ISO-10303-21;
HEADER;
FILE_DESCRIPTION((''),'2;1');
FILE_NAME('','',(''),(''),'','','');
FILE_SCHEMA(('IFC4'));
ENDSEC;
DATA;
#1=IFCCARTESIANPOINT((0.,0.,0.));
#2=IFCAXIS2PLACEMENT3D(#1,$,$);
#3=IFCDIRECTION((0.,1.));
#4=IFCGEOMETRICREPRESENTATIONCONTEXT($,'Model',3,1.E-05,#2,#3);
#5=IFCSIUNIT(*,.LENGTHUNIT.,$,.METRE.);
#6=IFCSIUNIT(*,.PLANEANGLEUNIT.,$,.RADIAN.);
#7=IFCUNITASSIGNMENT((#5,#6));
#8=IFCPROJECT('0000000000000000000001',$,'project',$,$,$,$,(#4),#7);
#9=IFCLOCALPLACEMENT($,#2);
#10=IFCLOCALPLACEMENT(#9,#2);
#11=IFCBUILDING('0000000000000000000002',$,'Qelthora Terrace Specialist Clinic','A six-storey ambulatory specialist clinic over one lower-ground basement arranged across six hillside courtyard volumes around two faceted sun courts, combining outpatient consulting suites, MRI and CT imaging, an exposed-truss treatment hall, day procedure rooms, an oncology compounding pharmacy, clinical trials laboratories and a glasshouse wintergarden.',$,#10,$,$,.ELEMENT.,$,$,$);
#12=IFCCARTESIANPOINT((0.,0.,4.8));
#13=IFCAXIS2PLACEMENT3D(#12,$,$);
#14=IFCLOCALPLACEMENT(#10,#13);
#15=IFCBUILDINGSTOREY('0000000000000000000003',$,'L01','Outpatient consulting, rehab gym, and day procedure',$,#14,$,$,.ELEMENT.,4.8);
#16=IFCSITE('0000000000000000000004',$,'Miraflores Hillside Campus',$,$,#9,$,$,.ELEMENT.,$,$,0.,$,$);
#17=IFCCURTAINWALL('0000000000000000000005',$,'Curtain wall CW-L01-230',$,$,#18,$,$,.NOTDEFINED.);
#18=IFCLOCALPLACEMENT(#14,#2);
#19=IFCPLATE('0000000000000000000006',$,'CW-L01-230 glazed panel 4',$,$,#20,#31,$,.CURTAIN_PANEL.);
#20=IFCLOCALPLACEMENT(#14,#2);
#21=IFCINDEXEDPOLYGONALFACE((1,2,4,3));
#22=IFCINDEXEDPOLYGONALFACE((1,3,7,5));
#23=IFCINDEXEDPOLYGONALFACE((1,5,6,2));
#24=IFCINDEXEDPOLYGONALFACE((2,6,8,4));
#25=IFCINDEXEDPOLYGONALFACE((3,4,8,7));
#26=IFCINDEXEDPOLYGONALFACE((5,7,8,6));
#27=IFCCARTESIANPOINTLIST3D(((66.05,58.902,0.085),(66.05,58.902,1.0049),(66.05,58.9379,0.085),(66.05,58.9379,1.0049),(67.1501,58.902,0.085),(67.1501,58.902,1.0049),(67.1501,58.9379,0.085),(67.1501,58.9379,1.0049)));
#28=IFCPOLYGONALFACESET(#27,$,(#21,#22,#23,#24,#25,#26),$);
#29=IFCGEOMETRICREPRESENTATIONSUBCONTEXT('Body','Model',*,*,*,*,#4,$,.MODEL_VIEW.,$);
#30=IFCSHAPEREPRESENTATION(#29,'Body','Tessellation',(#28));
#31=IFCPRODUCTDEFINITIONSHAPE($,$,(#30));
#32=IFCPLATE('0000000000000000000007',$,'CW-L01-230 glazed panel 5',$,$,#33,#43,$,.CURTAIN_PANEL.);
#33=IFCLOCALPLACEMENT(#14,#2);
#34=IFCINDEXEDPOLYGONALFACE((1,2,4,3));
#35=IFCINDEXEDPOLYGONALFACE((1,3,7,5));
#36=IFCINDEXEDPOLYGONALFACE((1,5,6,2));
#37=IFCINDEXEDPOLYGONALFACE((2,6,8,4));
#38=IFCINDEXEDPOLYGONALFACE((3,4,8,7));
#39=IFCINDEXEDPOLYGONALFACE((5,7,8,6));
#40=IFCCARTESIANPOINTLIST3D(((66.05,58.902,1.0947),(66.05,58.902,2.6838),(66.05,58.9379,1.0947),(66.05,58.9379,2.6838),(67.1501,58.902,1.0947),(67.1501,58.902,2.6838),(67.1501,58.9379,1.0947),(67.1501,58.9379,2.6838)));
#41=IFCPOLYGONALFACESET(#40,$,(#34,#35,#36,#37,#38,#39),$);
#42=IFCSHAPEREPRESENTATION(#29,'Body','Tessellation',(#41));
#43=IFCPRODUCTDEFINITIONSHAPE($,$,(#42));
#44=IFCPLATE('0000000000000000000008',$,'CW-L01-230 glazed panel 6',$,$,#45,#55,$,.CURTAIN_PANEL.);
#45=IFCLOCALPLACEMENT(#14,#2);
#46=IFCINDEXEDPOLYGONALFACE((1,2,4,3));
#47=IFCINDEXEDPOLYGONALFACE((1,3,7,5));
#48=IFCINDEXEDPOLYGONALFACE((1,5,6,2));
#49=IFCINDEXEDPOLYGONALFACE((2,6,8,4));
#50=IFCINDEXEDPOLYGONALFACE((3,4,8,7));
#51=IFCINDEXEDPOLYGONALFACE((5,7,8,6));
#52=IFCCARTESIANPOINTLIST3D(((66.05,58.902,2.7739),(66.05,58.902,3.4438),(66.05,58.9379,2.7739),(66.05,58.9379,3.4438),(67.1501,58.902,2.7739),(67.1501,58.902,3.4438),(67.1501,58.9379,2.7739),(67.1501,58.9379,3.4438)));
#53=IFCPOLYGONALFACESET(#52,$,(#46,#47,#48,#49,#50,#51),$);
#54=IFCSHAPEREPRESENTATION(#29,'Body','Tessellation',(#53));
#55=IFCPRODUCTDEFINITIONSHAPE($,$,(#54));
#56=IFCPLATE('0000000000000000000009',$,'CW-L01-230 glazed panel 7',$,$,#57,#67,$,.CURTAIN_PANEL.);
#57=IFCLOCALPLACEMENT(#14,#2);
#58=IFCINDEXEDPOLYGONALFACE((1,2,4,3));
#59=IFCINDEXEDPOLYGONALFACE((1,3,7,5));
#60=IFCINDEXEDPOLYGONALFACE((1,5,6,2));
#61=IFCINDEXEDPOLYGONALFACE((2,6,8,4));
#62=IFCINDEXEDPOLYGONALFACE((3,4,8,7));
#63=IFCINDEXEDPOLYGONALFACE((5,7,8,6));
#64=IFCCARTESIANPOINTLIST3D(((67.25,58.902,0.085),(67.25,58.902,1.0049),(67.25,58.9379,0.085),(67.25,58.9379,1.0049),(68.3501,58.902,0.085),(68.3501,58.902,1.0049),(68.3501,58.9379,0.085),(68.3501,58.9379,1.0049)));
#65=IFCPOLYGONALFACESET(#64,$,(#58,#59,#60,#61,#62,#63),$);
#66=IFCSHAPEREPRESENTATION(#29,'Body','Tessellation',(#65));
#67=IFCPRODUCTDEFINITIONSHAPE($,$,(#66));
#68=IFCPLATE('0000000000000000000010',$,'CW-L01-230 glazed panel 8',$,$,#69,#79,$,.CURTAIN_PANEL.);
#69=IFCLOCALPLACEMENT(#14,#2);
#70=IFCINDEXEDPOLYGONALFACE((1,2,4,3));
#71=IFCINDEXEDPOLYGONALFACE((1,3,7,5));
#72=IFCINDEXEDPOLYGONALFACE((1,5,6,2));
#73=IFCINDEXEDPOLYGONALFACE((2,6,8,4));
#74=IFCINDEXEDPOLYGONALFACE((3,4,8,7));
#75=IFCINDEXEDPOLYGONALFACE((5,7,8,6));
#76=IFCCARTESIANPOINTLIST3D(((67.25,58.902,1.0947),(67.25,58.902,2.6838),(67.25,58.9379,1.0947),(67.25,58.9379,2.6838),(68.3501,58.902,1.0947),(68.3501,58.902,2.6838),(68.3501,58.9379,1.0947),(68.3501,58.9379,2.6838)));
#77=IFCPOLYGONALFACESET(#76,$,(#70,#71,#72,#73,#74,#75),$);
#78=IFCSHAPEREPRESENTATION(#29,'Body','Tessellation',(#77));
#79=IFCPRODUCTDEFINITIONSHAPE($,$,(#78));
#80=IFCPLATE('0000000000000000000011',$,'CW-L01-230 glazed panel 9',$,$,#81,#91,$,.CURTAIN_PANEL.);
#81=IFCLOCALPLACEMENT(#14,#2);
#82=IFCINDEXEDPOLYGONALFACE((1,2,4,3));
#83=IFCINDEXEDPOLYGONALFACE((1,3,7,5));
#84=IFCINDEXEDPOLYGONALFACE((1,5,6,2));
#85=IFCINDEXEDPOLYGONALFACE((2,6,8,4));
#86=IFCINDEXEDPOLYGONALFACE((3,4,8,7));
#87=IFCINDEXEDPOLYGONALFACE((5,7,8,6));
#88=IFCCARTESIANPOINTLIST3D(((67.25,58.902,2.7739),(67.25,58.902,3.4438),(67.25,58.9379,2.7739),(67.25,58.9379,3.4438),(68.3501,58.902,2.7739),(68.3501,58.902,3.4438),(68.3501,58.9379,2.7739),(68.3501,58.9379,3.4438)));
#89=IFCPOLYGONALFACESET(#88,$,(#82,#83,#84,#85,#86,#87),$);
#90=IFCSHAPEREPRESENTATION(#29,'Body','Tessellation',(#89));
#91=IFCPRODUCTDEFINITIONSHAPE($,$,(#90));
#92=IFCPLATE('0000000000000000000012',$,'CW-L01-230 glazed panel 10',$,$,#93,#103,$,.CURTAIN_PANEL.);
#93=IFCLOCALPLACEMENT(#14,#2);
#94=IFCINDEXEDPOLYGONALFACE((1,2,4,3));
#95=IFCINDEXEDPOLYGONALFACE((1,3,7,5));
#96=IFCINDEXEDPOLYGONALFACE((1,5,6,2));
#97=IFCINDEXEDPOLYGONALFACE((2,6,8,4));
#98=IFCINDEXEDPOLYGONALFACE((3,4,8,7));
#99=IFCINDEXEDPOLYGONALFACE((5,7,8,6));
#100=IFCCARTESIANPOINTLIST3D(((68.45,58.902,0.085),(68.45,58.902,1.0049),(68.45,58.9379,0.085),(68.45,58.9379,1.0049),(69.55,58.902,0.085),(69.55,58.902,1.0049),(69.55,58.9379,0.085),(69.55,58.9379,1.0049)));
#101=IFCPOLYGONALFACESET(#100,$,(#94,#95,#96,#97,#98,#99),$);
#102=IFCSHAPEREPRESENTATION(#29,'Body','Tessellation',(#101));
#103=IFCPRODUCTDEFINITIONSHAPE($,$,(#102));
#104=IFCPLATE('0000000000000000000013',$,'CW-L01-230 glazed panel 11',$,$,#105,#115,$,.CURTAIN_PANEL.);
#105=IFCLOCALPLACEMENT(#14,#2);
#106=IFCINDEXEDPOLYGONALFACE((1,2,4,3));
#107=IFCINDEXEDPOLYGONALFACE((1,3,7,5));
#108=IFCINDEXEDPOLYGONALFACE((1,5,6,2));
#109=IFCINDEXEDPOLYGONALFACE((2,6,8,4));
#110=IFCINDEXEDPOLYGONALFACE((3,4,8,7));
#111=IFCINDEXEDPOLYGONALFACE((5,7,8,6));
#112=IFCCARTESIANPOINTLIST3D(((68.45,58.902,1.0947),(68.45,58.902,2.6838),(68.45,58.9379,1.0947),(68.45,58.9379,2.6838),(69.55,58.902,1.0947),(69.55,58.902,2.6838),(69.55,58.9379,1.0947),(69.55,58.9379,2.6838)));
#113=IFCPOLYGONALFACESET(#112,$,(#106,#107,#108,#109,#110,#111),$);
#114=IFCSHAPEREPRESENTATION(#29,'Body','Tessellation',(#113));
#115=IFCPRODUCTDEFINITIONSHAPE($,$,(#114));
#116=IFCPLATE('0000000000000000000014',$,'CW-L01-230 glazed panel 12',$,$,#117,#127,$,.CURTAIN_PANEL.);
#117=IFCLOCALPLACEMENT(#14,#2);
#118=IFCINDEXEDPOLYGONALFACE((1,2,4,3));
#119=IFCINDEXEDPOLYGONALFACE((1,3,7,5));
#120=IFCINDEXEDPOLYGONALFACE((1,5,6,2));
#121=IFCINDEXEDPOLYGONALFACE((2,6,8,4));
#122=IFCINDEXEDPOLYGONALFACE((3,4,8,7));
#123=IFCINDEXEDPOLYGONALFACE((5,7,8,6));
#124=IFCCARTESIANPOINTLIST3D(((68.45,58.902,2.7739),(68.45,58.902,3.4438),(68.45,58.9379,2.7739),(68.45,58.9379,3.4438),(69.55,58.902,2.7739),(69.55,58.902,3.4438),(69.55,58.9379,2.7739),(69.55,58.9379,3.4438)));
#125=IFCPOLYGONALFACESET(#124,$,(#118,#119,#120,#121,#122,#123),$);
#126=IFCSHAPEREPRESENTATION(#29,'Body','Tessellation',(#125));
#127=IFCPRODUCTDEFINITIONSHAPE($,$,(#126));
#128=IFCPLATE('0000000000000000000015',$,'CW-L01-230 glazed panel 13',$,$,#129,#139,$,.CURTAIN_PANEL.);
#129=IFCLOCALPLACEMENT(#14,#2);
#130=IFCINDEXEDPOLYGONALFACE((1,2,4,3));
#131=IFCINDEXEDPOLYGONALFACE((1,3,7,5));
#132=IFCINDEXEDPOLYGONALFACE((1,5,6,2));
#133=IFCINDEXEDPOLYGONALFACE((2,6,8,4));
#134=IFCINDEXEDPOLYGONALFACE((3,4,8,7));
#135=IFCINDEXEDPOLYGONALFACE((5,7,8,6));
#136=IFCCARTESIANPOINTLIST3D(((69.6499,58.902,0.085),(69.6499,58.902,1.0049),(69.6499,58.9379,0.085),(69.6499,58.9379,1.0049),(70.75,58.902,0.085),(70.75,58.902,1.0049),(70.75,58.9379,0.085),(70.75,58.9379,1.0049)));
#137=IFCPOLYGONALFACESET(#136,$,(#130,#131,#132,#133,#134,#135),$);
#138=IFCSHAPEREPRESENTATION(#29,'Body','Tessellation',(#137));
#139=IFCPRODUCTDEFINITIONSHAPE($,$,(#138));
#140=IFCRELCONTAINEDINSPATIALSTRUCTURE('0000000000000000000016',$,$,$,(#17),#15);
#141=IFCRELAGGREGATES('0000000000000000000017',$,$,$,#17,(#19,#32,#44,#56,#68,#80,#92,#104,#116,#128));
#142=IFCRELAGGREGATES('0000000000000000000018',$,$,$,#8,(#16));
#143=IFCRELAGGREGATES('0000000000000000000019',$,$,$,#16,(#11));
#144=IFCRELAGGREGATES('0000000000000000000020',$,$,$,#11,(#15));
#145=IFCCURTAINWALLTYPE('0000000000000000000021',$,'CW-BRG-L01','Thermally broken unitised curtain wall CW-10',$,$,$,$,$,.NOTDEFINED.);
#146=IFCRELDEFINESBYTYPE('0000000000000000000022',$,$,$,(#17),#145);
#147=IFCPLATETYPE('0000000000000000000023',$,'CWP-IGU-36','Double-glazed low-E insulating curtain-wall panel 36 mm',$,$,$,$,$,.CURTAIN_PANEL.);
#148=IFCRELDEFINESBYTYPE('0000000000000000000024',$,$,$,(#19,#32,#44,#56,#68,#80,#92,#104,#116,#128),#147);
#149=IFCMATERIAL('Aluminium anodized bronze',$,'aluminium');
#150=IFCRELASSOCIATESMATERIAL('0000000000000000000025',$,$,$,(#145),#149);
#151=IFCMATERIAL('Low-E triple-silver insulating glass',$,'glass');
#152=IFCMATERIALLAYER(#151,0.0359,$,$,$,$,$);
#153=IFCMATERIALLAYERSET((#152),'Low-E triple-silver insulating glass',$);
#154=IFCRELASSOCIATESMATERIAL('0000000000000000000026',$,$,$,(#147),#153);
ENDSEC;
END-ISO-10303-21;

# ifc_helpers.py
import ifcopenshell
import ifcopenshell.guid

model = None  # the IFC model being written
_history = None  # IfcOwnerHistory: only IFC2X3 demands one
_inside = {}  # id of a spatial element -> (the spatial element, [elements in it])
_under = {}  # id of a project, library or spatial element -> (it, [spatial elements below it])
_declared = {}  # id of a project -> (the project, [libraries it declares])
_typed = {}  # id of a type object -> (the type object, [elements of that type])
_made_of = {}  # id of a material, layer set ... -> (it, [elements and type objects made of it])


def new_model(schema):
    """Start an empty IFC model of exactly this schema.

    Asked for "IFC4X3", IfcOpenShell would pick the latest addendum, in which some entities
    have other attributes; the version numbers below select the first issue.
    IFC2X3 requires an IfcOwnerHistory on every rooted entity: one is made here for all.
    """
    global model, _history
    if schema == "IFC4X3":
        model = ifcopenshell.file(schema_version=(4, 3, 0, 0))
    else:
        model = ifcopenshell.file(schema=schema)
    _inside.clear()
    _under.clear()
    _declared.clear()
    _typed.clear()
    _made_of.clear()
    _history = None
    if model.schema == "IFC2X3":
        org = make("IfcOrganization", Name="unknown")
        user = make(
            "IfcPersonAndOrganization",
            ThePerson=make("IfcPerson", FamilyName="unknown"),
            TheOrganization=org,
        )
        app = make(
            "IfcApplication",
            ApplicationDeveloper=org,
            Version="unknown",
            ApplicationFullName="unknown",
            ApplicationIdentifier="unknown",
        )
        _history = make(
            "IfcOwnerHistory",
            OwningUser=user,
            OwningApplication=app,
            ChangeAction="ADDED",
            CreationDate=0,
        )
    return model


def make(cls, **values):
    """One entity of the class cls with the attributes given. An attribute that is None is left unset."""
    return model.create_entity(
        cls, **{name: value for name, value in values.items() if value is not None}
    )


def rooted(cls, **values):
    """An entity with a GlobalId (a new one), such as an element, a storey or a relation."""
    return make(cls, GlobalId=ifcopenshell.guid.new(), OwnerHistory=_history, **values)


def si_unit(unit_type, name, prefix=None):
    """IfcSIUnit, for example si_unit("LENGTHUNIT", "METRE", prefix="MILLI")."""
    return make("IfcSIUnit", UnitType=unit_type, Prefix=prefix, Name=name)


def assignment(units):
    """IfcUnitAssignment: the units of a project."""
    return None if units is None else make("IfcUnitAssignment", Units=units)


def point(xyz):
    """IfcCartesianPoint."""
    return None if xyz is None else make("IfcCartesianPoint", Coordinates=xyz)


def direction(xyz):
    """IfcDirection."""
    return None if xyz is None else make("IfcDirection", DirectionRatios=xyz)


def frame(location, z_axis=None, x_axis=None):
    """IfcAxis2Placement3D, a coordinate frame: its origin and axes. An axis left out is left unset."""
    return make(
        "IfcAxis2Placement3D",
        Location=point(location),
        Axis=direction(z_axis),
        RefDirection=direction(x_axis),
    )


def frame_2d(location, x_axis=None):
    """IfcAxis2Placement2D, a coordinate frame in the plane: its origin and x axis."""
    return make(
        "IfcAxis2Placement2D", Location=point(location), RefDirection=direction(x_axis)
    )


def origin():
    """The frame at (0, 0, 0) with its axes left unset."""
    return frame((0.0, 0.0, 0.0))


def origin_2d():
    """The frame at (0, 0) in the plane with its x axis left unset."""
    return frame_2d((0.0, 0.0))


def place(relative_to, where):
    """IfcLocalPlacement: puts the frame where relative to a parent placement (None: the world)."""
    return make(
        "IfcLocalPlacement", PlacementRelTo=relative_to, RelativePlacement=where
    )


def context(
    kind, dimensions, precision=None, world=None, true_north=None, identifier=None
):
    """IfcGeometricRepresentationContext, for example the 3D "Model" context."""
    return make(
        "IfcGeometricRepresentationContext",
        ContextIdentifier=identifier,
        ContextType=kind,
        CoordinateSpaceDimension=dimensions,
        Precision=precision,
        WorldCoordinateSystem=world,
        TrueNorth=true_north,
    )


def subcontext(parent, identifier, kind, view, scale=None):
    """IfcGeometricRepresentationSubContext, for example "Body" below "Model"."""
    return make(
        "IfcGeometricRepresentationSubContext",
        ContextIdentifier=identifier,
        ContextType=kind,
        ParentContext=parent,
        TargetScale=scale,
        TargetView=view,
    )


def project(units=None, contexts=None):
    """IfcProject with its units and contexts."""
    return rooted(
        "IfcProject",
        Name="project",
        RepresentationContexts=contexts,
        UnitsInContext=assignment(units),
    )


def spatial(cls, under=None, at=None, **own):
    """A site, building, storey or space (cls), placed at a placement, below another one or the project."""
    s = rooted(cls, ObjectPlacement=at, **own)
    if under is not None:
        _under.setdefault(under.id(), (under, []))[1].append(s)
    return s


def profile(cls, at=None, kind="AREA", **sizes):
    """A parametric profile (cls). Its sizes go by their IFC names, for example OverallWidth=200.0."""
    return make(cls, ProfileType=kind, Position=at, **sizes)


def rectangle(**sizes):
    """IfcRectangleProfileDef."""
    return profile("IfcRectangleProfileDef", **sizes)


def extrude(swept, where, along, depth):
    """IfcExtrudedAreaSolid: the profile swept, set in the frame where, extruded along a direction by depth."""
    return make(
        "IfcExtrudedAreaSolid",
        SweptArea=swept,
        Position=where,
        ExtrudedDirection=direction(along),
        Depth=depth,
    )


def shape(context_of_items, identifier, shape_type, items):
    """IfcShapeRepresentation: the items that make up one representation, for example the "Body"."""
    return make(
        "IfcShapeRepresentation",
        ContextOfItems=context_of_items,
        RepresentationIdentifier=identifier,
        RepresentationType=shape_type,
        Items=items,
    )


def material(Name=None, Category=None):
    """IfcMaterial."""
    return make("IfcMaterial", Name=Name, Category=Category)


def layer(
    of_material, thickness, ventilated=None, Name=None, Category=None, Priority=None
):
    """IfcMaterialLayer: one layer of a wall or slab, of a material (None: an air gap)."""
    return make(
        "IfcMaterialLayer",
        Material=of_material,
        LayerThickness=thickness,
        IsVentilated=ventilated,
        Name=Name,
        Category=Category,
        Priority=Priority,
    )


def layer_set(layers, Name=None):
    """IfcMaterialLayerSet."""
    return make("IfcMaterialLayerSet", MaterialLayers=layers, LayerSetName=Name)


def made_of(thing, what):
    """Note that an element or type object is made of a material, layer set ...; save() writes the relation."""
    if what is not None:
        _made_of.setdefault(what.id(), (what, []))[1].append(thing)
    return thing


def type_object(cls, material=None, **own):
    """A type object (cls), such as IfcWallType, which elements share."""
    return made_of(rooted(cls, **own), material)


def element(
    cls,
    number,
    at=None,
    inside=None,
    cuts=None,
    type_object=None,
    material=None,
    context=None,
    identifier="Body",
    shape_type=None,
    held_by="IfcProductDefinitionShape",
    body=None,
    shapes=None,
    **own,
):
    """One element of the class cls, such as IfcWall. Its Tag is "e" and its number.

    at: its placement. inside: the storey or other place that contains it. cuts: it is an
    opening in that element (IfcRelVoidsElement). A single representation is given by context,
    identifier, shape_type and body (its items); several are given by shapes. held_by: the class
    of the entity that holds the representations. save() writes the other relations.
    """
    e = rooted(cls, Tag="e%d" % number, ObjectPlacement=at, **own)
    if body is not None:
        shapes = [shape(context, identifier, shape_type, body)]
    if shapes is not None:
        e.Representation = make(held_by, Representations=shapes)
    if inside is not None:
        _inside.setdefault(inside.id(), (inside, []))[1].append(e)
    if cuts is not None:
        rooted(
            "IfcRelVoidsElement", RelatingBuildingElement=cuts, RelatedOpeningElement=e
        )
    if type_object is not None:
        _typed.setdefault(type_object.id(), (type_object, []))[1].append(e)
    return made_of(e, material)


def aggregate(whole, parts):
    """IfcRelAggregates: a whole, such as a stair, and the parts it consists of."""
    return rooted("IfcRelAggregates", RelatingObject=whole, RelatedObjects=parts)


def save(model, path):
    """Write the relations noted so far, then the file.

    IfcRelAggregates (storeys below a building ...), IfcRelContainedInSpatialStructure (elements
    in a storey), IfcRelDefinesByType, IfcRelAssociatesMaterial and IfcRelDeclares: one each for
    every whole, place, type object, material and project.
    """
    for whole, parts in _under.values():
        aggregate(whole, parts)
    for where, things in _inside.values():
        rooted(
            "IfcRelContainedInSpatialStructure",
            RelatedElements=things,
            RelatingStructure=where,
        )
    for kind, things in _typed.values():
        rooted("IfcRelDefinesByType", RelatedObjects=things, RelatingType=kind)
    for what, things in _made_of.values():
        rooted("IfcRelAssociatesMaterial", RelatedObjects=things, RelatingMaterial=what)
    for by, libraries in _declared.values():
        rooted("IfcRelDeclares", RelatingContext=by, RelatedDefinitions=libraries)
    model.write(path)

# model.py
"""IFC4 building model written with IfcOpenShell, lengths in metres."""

from ifc_helpers import new_model, si_unit, direction, frame, origin, origin_2d, place, context, subcontext, project, spatial, rectangle, extrude, material, layer, layer_set, type_object, element, aggregate, save


model = new_model("IFC4")

# Units and contexts
model_context = context("Model", 3, precision=1e-05, world=origin(), true_north=direction((0.0, 1.0)))
body_context = subcontext(model_context, "Body", "Model", "MODEL_VIEW")
ifc_project = project(units=[si_unit("LENGTHUNIT", "METRE"), si_unit("PLANEANGLEUNIT", "RADIAN")], contexts=[model_context])

# Site, building, storey
site_placement = place(None, origin())
site = spatial("IfcSite", under=ifc_project, at=site_placement, Name="Miraflores Hillside Campus", CompositionType="ELEMENT", RefElevation=0.0)
building_placement = place(site_placement, origin())
building = spatial("IfcBuilding", under=site, at=building_placement, Name="Qelthora Terrace Specialist Clinic", Description="A six-storey ambulatory specialist clinic over one lower-ground basement arranged across six hillside courtyard volumes around two faceted sun courts, combining outpatient consulting suites, MRI and CT imaging, an exposed-truss treatment hall, day procedure rooms, an oncology compounding pharmacy, clinical trials laboratories and a glasshouse wintergarden.", CompositionType="ELEMENT")
storey_placement = place(building_placement, frame((0.0, 0.0, 4.8)))
storey = spatial("IfcBuildingStorey", under=building, at=storey_placement, Name="L01", Description="Outpatient consulting, rehab gym, and day procedure", CompositionType="ELEMENT", Elevation=4.8)

# Shared definitions
ifc_material_1 = material(Name="Aluminium anodized bronze", Category="aluminium")
curtain_wall_type = type_object("IfcCurtainWallType", Name="CW-BRG-L01", Description="Thermally broken unitised curtain wall CW-10", PredefinedType="NOTDEFINED", material=ifc_material_1)

# Curtain wall
curtain_wall_1_placement = place(storey_placement, origin())
curtain_wall_1 = element("IfcCurtainWall", 1, at=curtain_wall_1_placement, inside=storey, type_object=curtain_wall_type, Name="Curtain wall CW-L01-230", PredefinedType="NOTDEFINED")

# Plates
ifc_material_2 = material(Name="Low-E triple-silver insulating glass", Category="glass")
ifc_layer = layer(ifc_material_2, 0.0359)
ifc_layer_set = layer_set([ifc_layer], Name="Low-E triple-silver insulating glass")
plate_type = type_object("IfcPlateType", Name="CWP-IGU-36", Description="Double-glazed low-E insulating curtain-wall panel 36 mm", PredefinedType="CURTAIN_PANEL", material=ifc_layer_set)
plate_1_placement = place(storey_placement, frame((66.6001, 58.9199, 0.085), z_axis=(0.0, 0.0, 1.0), x_axis=(1.0, 0.0, 0.0)))
plate_1 = element("IfcPlate", 2, at=plate_1_placement, type_object=plate_type, Name="CW-L01-230 glazed panel 4", PredefinedType="CURTAIN_PANEL", context=body_context, shape_type="SweptSolid", body=[
    extrude(rectangle(XDim=1.1001, YDim=0.0359, at=origin_2d()), origin(), (0.0, 0.0, 1.0), 0.9199),
])
plate_2_placement = place(storey_placement, frame((66.6001, 58.9199, 1.0947), z_axis=(0.0, 0.0, 1.0), x_axis=(1.0, 0.0, 0.0)))
plate_2 = element("IfcPlate", 3, at=plate_2_placement, type_object=plate_type, Name="CW-L01-230 glazed panel 5", PredefinedType="CURTAIN_PANEL", context=body_context, shape_type="SweptSolid", body=[
    extrude(rectangle(XDim=1.1001, YDim=0.0359, at=origin_2d()), origin(), (0.0, 0.0, 1.0), 1.5891),
])
plate_3_placement = place(storey_placement, frame((66.6001, 58.9199, 2.7739), z_axis=(0.0, 0.0, 1.0), x_axis=(1.0, 0.0, 0.0)))
plate_3 = element("IfcPlate", 4, at=plate_3_placement, type_object=plate_type, Name="CW-L01-230 glazed panel 6", PredefinedType="CURTAIN_PANEL", context=body_context, shape_type="SweptSolid", body=[
    extrude(rectangle(XDim=1.1001, YDim=0.0359, at=origin_2d()), origin(), (0.0, 0.0, 1.0), 0.6699),
])
plate_4_placement = place(storey_placement, frame((67.8, 58.9199, 0.085), z_axis=(0.0, 0.0, 1.0), x_axis=(1.0, 0.0, 0.0)))
plate_4 = element("IfcPlate", 5, at=plate_4_placement, type_object=plate_type, Name="CW-L01-230 glazed panel 7", PredefinedType="CURTAIN_PANEL", context=body_context, shape_type="SweptSolid", body=[
    extrude(rectangle(XDim=1.1001, YDim=0.0359, at=origin_2d()), origin(), (0.0, 0.0, 1.0), 0.9199),
])
plate_5_placement = place(storey_placement, frame((67.8, 58.9199, 1.0947), z_axis=(0.0, 0.0, 1.0), x_axis=(1.0, 0.0, 0.0)))
plate_5 = element("IfcPlate", 6, at=plate_5_placement, type_object=plate_type, Name="CW-L01-230 glazed panel 8", PredefinedType="CURTAIN_PANEL", context=body_context, shape_type="SweptSolid", body=[
    extrude(rectangle(XDim=1.1001, YDim=0.0359, at=origin_2d()), origin(), (0.0, 0.0, 1.0), 1.5891),
])
plate_6_placement = place(storey_placement, frame((67.8, 58.9199, 2.7739), z_axis=(0.0, 0.0, 1.0), x_axis=(1.0, 0.0, 0.0)))
plate_6 = element("IfcPlate", 7, at=plate_6_placement, type_object=plate_type, Name="CW-L01-230 glazed panel 9", PredefinedType="CURTAIN_PANEL", context=body_context, shape_type="SweptSolid", body=[
    extrude(rectangle(XDim=1.1001, YDim=0.0359, at=origin_2d()), origin(), (0.0, 0.0, 1.0), 0.6699),
])
plate_7_placement = place(storey_placement, frame((69.0, 58.9199, 0.085), z_axis=(0.0, 0.0, 1.0), x_axis=(1.0, 0.0, 0.0)))
plate_7 = element("IfcPlate", 8, at=plate_7_placement, type_object=plate_type, Name="CW-L01-230 glazed panel 10", PredefinedType="CURTAIN_PANEL", context=body_context, shape_type="SweptSolid", body=[
    extrude(rectangle(XDim=1.1001, YDim=0.0359, at=origin_2d()), origin(), (0.0, 0.0, 1.0), 0.9199),
])
plate_8_placement = place(storey_placement, frame((69.0, 58.9199, 1.0947), z_axis=(0.0, 0.0, 1.0), x_axis=(1.0, 0.0, 0.0)))
plate_8 = element("IfcPlate", 9, at=plate_8_placement, type_object=plate_type, Name="CW-L01-230 glazed panel 11", PredefinedType="CURTAIN_PANEL", context=body_context, shape_type="SweptSolid", body=[
    extrude(rectangle(XDim=1.1001, YDim=0.0359, at=origin_2d()), origin(), (0.0, 0.0, 1.0), 1.5891),
])
plate_9_placement = place(storey_placement, frame((69.0, 58.9199, 2.7739), z_axis=(0.0, 0.0, 1.0), x_axis=(1.0, 0.0, 0.0)))
plate_9 = element("IfcPlate", 10, at=plate_9_placement, type_object=plate_type, Name="CW-L01-230 glazed panel 12", PredefinedType="CURTAIN_PANEL", context=body_context, shape_type="SweptSolid", body=[
    extrude(rectangle(XDim=1.1001, YDim=0.0359, at=origin_2d()), origin(), (0.0, 0.0, 1.0), 0.6699),
])
plate_10_placement = place(storey_placement, frame((70.2, 58.9199, 0.085), z_axis=(0.0, 0.0, 1.0), x_axis=(1.0, 0.0, 0.0)))
plate_10 = element("IfcPlate", 11, at=plate_10_placement, type_object=plate_type, Name="CW-L01-230 glazed panel 13", PredefinedType="CURTAIN_PANEL", context=body_context, shape_type="SweptSolid", body=[
    extrude(rectangle(XDim=1.1001, YDim=0.0359, at=origin_2d()), origin(), (0.0, 0.0, 1.0), 0.9199),
])
aggregate(curtain_wall_1, [plate_1, plate_2, plate_3, plate_4, plate_5, plate_6, plate_7, plate_8, plate_9, plate_10])

save(model, "model.ifc")
